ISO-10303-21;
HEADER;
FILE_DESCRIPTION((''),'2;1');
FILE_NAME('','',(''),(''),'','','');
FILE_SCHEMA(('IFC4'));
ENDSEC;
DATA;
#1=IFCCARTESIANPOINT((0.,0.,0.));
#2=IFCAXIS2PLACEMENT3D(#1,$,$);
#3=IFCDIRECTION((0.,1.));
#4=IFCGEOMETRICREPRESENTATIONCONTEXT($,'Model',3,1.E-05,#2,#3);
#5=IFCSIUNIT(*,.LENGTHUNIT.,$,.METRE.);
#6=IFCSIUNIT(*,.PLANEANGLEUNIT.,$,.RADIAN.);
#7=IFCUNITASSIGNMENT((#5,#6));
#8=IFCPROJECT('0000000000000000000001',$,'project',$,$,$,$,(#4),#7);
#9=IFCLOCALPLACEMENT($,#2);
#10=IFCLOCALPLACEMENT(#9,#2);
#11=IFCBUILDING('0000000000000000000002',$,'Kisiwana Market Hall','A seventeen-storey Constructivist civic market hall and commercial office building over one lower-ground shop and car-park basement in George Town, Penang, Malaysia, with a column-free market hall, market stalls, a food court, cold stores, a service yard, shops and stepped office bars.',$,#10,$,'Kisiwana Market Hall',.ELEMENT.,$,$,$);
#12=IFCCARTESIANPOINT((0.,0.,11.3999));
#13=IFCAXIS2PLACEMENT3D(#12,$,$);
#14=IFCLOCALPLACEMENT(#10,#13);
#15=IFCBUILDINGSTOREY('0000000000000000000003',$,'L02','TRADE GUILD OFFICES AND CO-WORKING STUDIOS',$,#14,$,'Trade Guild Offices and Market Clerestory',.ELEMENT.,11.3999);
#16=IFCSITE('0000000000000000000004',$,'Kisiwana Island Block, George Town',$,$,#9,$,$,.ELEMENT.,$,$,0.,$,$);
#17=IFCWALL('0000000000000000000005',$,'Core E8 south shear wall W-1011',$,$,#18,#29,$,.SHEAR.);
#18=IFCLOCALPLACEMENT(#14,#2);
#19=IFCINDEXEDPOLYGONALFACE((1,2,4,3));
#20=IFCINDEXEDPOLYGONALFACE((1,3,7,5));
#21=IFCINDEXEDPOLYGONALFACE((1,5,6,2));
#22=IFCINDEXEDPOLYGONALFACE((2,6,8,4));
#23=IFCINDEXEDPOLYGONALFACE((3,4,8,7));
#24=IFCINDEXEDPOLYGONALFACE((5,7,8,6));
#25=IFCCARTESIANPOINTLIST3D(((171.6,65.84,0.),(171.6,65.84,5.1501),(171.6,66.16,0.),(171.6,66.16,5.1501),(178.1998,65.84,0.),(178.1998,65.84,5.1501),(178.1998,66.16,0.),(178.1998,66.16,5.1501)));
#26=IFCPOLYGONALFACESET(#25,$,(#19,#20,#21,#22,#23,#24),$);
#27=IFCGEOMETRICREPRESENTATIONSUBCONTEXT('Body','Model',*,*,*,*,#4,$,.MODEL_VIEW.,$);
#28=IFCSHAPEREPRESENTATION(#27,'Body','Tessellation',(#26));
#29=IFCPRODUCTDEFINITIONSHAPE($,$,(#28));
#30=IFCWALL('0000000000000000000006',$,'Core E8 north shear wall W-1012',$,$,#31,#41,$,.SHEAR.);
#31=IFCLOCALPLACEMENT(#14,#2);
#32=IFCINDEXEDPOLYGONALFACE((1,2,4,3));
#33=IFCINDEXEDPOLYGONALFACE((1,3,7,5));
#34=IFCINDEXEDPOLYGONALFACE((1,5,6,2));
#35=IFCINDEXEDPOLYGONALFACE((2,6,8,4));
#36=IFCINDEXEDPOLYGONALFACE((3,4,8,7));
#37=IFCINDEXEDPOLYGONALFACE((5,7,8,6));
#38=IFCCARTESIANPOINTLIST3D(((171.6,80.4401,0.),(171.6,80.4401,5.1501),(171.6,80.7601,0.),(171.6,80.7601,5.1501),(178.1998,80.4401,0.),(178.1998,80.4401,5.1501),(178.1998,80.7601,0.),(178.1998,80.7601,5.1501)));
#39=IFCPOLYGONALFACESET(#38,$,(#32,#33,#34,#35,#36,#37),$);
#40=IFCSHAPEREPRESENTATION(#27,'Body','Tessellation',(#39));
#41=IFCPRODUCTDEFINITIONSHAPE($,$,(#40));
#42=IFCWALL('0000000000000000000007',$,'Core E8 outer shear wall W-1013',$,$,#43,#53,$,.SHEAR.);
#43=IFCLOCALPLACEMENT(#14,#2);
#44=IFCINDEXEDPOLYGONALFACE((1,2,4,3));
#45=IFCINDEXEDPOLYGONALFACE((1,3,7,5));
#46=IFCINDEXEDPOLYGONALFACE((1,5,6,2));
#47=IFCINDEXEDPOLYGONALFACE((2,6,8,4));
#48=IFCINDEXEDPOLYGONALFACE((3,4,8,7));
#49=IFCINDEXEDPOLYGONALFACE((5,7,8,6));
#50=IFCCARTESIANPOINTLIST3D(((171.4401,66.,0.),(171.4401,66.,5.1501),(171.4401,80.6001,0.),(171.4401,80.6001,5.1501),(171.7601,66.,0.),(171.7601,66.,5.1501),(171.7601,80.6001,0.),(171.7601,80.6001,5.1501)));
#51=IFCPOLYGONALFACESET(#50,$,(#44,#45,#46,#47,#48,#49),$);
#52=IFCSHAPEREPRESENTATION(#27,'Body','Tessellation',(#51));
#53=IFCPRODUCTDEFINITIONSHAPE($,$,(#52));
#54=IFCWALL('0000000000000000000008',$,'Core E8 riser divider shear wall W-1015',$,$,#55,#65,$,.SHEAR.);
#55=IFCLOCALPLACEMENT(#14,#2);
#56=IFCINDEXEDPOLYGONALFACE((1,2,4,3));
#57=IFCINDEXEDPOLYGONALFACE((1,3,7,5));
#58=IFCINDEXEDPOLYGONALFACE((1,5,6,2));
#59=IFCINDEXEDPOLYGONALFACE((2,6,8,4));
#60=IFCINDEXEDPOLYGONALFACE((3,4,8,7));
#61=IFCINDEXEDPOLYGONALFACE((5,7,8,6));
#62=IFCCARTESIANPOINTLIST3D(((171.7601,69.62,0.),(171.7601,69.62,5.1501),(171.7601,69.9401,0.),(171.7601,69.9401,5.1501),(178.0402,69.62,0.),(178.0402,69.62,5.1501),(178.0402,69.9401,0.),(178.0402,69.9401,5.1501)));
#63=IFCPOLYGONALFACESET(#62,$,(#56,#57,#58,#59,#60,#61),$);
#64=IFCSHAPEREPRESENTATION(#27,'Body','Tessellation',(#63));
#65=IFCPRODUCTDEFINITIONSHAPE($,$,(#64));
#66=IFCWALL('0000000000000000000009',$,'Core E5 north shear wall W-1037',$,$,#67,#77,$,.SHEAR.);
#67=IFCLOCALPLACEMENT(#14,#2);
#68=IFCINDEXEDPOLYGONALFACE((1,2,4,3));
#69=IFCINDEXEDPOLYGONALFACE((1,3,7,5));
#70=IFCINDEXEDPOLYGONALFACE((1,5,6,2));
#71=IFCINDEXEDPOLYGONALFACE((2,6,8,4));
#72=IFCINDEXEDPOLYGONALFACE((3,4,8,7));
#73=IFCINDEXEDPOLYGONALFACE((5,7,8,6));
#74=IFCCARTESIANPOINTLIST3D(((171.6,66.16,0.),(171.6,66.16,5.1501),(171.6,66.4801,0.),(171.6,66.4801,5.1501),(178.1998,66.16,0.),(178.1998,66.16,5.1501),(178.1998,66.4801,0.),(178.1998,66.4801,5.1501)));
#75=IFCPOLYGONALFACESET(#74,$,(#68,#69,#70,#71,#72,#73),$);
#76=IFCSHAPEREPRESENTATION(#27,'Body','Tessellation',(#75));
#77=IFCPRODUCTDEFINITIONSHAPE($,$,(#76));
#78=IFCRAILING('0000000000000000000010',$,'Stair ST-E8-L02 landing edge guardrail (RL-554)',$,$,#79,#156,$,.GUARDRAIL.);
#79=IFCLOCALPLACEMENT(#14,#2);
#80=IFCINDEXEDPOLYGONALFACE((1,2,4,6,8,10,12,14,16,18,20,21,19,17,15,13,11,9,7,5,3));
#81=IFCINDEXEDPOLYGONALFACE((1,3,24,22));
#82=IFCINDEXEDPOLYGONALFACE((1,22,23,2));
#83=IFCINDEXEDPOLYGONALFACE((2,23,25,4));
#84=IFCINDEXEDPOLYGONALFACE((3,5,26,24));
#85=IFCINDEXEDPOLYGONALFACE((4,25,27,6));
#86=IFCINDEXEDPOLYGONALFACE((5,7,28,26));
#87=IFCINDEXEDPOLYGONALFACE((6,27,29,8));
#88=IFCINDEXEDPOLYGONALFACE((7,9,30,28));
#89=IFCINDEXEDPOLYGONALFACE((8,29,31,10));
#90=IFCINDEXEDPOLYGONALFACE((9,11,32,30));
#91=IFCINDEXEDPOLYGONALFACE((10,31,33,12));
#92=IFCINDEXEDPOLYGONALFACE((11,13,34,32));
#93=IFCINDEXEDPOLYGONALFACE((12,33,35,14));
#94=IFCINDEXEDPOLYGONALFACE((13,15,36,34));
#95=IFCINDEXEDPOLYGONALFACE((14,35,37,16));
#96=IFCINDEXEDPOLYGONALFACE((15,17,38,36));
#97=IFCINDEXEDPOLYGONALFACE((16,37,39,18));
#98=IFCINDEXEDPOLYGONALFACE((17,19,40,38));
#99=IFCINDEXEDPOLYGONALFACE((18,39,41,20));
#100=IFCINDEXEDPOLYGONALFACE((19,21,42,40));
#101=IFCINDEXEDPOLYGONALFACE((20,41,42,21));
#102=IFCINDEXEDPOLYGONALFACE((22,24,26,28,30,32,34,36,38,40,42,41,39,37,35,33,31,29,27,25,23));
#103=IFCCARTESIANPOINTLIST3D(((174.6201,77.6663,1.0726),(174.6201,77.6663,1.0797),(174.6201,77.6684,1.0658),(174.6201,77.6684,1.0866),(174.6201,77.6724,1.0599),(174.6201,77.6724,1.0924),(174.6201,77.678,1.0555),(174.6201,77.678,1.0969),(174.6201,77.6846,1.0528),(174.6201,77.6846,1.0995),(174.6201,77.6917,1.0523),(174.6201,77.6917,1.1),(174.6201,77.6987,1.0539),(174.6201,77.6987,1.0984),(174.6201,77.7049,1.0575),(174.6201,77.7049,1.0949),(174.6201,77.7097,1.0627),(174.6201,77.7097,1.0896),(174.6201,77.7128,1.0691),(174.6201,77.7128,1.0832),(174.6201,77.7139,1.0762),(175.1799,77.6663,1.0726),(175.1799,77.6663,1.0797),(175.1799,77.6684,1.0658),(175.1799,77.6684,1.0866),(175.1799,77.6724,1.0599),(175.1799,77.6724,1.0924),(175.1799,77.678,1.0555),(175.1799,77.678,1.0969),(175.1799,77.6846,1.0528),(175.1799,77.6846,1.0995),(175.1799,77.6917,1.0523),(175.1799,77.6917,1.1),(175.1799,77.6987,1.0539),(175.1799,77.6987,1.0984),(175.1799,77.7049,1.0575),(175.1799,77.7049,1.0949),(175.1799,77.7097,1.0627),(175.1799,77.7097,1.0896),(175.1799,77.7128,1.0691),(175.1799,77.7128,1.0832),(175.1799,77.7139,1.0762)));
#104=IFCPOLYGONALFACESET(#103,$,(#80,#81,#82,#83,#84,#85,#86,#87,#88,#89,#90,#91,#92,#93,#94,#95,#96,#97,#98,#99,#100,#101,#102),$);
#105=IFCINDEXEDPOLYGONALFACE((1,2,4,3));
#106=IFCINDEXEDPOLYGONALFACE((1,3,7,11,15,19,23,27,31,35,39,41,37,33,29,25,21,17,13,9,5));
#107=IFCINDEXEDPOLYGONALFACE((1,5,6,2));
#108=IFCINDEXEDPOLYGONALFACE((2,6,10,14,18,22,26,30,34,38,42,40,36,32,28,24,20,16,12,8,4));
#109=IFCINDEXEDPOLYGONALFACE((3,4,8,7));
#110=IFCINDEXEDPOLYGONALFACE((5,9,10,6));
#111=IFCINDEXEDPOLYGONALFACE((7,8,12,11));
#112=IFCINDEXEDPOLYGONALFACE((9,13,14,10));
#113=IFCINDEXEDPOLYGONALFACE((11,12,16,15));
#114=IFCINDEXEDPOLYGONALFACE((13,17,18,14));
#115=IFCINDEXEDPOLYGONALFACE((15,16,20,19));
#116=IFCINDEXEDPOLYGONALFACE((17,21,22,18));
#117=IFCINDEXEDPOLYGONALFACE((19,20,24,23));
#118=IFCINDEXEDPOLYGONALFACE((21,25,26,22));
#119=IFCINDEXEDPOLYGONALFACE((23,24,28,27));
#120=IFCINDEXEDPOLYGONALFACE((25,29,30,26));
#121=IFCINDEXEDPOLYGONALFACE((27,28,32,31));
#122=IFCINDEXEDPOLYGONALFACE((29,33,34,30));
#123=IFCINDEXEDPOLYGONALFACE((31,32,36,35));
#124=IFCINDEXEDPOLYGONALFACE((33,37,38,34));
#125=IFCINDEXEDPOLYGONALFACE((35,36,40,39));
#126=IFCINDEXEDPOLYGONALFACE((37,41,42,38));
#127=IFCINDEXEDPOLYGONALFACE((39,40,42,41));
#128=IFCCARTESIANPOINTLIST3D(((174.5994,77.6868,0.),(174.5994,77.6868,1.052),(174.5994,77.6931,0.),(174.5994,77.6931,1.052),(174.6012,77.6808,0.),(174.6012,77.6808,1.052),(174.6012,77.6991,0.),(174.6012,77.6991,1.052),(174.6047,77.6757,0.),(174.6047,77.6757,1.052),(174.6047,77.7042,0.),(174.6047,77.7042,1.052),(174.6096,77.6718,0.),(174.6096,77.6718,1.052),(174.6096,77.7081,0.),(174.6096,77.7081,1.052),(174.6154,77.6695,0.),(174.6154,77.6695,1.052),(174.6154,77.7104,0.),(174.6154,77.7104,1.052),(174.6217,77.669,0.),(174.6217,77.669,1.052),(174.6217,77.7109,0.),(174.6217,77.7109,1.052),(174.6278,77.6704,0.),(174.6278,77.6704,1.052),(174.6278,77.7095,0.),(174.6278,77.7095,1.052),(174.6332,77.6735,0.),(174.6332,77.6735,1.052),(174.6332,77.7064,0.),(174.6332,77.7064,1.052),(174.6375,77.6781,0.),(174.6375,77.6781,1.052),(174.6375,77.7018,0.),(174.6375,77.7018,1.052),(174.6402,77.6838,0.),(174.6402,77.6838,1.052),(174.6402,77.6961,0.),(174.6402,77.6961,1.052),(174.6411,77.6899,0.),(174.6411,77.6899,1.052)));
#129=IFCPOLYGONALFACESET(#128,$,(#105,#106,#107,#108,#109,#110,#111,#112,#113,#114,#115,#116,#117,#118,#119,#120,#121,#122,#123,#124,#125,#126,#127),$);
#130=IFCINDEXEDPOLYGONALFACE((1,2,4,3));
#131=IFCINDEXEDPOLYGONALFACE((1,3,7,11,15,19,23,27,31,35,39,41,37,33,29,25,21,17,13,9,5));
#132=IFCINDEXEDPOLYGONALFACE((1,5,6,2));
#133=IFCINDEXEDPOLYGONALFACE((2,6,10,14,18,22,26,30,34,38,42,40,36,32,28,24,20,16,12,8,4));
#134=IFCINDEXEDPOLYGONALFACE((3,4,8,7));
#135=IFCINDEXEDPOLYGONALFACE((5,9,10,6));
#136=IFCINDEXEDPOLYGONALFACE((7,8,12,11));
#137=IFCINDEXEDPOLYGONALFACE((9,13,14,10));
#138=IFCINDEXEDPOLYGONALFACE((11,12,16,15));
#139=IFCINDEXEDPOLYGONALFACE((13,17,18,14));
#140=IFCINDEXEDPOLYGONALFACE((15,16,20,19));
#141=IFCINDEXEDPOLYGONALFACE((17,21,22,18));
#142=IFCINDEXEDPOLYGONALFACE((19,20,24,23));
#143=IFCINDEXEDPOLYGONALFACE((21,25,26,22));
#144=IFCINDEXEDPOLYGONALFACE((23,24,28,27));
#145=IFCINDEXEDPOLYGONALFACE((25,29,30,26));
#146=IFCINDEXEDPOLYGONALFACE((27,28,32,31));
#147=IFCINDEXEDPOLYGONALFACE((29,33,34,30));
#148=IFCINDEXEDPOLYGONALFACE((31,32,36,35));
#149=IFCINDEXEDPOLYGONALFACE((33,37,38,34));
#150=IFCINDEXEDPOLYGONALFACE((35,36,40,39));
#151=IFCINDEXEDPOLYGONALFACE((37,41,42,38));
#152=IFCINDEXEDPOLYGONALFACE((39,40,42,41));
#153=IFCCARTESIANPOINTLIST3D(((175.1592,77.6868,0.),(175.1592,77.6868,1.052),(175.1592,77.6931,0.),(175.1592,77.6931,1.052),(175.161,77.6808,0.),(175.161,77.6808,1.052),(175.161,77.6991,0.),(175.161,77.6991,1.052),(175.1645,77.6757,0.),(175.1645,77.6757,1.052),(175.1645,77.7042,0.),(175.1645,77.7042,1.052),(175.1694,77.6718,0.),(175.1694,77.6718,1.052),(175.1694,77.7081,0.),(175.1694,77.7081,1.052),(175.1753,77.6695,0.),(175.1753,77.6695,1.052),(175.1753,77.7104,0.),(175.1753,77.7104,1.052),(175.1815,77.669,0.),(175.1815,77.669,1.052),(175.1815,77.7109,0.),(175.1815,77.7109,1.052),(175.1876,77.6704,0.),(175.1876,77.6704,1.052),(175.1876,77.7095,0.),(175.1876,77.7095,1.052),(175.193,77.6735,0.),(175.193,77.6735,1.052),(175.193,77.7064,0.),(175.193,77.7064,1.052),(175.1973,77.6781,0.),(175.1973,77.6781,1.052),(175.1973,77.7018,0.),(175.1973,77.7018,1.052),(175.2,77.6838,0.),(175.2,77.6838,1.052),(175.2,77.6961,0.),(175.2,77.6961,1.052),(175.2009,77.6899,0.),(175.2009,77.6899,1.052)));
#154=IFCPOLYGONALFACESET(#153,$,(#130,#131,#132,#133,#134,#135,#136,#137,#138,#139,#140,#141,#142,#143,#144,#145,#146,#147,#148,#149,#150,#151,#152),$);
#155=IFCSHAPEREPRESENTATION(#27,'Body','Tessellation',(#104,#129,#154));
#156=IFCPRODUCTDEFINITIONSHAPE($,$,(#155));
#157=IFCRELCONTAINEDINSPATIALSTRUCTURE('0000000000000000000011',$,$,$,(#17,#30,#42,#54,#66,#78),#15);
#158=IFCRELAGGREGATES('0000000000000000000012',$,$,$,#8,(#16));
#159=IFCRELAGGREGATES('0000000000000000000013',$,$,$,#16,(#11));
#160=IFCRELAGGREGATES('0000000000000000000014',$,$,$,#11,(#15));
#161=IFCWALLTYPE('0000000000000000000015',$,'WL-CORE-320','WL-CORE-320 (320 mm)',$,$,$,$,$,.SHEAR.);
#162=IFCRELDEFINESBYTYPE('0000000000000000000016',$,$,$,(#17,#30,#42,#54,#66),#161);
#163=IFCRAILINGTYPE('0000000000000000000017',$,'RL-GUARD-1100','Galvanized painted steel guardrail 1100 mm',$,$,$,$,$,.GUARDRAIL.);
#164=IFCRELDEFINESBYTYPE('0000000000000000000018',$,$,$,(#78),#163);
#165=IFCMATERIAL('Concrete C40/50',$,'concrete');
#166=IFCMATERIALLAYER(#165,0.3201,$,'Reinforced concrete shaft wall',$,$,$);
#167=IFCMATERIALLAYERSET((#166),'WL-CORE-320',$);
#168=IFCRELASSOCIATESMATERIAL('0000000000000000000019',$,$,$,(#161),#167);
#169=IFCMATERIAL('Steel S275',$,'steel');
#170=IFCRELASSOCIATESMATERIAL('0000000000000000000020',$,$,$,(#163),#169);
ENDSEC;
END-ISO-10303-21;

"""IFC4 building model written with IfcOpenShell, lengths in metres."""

from ifc_helpers import new_model, si_unit, direction, frame, frame_2d, origin, origin_2d, place, context, subcontext, project, spatial, rectangle, circle, extrude, material, layer, layer_set, type_object, element, save


model = new_model("IFC4")

# Units and contexts
model_context = context("Model", 3, precision=1e-05, world=origin(), true_north=direction((0.0, 1.0)))
body_context = subcontext(model_context, "Body", "Model", "MODEL_VIEW")
ifc_project = project(units=[si_unit("LENGTHUNIT", "METRE"), si_unit("PLANEANGLEUNIT", "RADIAN")], contexts=[model_context])

# Site, building, storey
site_placement = place(None, origin())
site = spatial("IfcSite", under=ifc_project, at=site_placement, Name="Kisiwana Island Block, George Town", CompositionType="ELEMENT", RefElevation=0.0)
building_placement = place(site_placement, origin())
building = spatial("IfcBuilding", under=site, at=building_placement, Name="Kisiwana Market Hall", Description="A seventeen-storey Constructivist civic market hall and commercial office building over one lower-ground shop and car-park basement in George Town, Penang, Malaysia, with a column-free market hall, market stalls, a food court, cold stores, a service yard, shops and stepped office bars.", LongName="Kisiwana Market Hall", CompositionType="ELEMENT")
storey_placement = place(building_placement, frame((0.0, 0.0, 11.3999)))
storey = spatial("IfcBuildingStorey", under=building, at=storey_placement, Name="L02", Description="TRADE GUILD OFFICES AND CO-WORKING STUDIOS", LongName="Trade Guild Offices and Market Clerestory", CompositionType="ELEMENT", Elevation=11.3999)

# Walls
ifc_material_1 = material(Name="Concrete C40/50", Category="concrete")
ifc_layer = layer(ifc_material_1, 0.3201, Name="Reinforced concrete shaft wall")
ifc_layer_set = layer_set([ifc_layer], Name="WL-CORE-320")
wall_type = type_object("IfcWallType", Name="WL-CORE-320", Description="WL-CORE-320 (320 mm)", PredefinedType="SHEAR", material=ifc_layer_set)
for number, where, z_axis, x_axis, name in (
    (1, (171.6001, 66.0, 0.0), (0.0, 0.0, 1.0), (1.0, 0.0, 0.0), "Core E8 south shear wall W-1011"),
    (2, (171.6001, 80.6001, 0.0), (0.0, 0.0, 1.0), (1.0, 0.0, 0.0), "Core E8 north shear wall W-1012"),
):
    element("IfcWall", number, at=place(storey_placement, frame(where, z_axis=z_axis, x_axis=x_axis)), inside=storey, type_object=wall_type, Name=name, PredefinedType="SHEAR", context=body_context, shape_type="SweptSolid", body=[
        extrude(rectangle(XDim=6.5999, YDim=0.3201, at=frame_2d((3.2998, 0.0))), origin(), (0.0, 0.0, 1.0), 5.1501),
    ])
wall_1_placement = place(storey_placement, frame((171.6001, 66.0, 0.0), z_axis=(0.0, 0.0, 1.0), x_axis=(0.0, 1.0, 0.0)))
element("IfcWall", 3, at=wall_1_placement, inside=storey, type_object=wall_type, Name="Core E8 outer shear wall W-1013", PredefinedType="SHEAR", context=body_context, shape_type="SweptSolid", body=[
    extrude(rectangle(XDim=14.6001, YDim=0.3201, at=frame_2d((7.3, 0.0))), origin(), (0.0, 0.0, 1.0), 5.1501),
])
wall_2_placement = place(storey_placement, frame((171.76, 69.78, 0.0), z_axis=(0.0, 0.0, 1.0), x_axis=(1.0, 0.0, 0.0)))
element("IfcWall", 4, at=wall_2_placement, inside=storey, type_object=wall_type, Name="Core E8 riser divider shear wall W-1015", PredefinedType="SHEAR", context=body_context, shape_type="SweptSolid", body=[
    extrude(rectangle(XDim=6.28, YDim=0.3201, at=frame_2d((3.1401, 0.0))), origin(), (0.0, 0.0, 1.0), 5.1501),
])
wall_3_placement = place(storey_placement, frame((171.6001, 66.3201, 0.0), z_axis=(0.0, 0.0, 1.0), x_axis=(1.0, 0.0, 0.0)))
element("IfcWall", 5, at=wall_3_placement, inside=storey, type_object=wall_type, Name="Core E5 north shear wall W-1037", PredefinedType="SHEAR", context=body_context, shape_type="SweptSolid", body=[
    extrude(rectangle(XDim=6.5999, YDim=0.3201, at=frame_2d((3.2998, 0.0))), origin(), (0.0, 0.0, 1.0), 5.1501),
])

# Railing
ifc_material_2 = material(Name="Steel S275", Category="steel")
railing_type_1 = type_object("IfcRailingType", Name="RL-GUARD-1100", Description="Galvanized painted steel guardrail 1100 mm", PredefinedType="GUARDRAIL", material=ifc_material_2)
railing_1_placement = place(storey_placement, frame((174.6201, 77.6899, 0.0)))
element("IfcRailing", 6, at=railing_1_placement, inside=storey, type_object=railing_type_1, Name="Stair ST-E8-L02 landing edge guardrail (RL-554)", PredefinedType="GUARDRAIL", context=body_context, shape_type="SweptSolid", body=[
    extrude(circle(Radius=0.0239, at=origin_2d()), frame((0.0, 0.0, 1.0762), z_axis=(1.0, 0.0, 0.0), x_axis=(0.0, 1.0, 0.0)), (0.0, 0.0, 1.0), 0.5598),
    extrude(circle(Radius=0.021, at=origin_2d()), origin(), (0.0, 0.0, 1.0), 1.052),
    extrude(circle(Radius=0.021, at=origin_2d()), frame((0.5598, 0.0, 0.0)), (0.0, 0.0, 1.0), 1.052),
])

save(model, "model.ifc")
